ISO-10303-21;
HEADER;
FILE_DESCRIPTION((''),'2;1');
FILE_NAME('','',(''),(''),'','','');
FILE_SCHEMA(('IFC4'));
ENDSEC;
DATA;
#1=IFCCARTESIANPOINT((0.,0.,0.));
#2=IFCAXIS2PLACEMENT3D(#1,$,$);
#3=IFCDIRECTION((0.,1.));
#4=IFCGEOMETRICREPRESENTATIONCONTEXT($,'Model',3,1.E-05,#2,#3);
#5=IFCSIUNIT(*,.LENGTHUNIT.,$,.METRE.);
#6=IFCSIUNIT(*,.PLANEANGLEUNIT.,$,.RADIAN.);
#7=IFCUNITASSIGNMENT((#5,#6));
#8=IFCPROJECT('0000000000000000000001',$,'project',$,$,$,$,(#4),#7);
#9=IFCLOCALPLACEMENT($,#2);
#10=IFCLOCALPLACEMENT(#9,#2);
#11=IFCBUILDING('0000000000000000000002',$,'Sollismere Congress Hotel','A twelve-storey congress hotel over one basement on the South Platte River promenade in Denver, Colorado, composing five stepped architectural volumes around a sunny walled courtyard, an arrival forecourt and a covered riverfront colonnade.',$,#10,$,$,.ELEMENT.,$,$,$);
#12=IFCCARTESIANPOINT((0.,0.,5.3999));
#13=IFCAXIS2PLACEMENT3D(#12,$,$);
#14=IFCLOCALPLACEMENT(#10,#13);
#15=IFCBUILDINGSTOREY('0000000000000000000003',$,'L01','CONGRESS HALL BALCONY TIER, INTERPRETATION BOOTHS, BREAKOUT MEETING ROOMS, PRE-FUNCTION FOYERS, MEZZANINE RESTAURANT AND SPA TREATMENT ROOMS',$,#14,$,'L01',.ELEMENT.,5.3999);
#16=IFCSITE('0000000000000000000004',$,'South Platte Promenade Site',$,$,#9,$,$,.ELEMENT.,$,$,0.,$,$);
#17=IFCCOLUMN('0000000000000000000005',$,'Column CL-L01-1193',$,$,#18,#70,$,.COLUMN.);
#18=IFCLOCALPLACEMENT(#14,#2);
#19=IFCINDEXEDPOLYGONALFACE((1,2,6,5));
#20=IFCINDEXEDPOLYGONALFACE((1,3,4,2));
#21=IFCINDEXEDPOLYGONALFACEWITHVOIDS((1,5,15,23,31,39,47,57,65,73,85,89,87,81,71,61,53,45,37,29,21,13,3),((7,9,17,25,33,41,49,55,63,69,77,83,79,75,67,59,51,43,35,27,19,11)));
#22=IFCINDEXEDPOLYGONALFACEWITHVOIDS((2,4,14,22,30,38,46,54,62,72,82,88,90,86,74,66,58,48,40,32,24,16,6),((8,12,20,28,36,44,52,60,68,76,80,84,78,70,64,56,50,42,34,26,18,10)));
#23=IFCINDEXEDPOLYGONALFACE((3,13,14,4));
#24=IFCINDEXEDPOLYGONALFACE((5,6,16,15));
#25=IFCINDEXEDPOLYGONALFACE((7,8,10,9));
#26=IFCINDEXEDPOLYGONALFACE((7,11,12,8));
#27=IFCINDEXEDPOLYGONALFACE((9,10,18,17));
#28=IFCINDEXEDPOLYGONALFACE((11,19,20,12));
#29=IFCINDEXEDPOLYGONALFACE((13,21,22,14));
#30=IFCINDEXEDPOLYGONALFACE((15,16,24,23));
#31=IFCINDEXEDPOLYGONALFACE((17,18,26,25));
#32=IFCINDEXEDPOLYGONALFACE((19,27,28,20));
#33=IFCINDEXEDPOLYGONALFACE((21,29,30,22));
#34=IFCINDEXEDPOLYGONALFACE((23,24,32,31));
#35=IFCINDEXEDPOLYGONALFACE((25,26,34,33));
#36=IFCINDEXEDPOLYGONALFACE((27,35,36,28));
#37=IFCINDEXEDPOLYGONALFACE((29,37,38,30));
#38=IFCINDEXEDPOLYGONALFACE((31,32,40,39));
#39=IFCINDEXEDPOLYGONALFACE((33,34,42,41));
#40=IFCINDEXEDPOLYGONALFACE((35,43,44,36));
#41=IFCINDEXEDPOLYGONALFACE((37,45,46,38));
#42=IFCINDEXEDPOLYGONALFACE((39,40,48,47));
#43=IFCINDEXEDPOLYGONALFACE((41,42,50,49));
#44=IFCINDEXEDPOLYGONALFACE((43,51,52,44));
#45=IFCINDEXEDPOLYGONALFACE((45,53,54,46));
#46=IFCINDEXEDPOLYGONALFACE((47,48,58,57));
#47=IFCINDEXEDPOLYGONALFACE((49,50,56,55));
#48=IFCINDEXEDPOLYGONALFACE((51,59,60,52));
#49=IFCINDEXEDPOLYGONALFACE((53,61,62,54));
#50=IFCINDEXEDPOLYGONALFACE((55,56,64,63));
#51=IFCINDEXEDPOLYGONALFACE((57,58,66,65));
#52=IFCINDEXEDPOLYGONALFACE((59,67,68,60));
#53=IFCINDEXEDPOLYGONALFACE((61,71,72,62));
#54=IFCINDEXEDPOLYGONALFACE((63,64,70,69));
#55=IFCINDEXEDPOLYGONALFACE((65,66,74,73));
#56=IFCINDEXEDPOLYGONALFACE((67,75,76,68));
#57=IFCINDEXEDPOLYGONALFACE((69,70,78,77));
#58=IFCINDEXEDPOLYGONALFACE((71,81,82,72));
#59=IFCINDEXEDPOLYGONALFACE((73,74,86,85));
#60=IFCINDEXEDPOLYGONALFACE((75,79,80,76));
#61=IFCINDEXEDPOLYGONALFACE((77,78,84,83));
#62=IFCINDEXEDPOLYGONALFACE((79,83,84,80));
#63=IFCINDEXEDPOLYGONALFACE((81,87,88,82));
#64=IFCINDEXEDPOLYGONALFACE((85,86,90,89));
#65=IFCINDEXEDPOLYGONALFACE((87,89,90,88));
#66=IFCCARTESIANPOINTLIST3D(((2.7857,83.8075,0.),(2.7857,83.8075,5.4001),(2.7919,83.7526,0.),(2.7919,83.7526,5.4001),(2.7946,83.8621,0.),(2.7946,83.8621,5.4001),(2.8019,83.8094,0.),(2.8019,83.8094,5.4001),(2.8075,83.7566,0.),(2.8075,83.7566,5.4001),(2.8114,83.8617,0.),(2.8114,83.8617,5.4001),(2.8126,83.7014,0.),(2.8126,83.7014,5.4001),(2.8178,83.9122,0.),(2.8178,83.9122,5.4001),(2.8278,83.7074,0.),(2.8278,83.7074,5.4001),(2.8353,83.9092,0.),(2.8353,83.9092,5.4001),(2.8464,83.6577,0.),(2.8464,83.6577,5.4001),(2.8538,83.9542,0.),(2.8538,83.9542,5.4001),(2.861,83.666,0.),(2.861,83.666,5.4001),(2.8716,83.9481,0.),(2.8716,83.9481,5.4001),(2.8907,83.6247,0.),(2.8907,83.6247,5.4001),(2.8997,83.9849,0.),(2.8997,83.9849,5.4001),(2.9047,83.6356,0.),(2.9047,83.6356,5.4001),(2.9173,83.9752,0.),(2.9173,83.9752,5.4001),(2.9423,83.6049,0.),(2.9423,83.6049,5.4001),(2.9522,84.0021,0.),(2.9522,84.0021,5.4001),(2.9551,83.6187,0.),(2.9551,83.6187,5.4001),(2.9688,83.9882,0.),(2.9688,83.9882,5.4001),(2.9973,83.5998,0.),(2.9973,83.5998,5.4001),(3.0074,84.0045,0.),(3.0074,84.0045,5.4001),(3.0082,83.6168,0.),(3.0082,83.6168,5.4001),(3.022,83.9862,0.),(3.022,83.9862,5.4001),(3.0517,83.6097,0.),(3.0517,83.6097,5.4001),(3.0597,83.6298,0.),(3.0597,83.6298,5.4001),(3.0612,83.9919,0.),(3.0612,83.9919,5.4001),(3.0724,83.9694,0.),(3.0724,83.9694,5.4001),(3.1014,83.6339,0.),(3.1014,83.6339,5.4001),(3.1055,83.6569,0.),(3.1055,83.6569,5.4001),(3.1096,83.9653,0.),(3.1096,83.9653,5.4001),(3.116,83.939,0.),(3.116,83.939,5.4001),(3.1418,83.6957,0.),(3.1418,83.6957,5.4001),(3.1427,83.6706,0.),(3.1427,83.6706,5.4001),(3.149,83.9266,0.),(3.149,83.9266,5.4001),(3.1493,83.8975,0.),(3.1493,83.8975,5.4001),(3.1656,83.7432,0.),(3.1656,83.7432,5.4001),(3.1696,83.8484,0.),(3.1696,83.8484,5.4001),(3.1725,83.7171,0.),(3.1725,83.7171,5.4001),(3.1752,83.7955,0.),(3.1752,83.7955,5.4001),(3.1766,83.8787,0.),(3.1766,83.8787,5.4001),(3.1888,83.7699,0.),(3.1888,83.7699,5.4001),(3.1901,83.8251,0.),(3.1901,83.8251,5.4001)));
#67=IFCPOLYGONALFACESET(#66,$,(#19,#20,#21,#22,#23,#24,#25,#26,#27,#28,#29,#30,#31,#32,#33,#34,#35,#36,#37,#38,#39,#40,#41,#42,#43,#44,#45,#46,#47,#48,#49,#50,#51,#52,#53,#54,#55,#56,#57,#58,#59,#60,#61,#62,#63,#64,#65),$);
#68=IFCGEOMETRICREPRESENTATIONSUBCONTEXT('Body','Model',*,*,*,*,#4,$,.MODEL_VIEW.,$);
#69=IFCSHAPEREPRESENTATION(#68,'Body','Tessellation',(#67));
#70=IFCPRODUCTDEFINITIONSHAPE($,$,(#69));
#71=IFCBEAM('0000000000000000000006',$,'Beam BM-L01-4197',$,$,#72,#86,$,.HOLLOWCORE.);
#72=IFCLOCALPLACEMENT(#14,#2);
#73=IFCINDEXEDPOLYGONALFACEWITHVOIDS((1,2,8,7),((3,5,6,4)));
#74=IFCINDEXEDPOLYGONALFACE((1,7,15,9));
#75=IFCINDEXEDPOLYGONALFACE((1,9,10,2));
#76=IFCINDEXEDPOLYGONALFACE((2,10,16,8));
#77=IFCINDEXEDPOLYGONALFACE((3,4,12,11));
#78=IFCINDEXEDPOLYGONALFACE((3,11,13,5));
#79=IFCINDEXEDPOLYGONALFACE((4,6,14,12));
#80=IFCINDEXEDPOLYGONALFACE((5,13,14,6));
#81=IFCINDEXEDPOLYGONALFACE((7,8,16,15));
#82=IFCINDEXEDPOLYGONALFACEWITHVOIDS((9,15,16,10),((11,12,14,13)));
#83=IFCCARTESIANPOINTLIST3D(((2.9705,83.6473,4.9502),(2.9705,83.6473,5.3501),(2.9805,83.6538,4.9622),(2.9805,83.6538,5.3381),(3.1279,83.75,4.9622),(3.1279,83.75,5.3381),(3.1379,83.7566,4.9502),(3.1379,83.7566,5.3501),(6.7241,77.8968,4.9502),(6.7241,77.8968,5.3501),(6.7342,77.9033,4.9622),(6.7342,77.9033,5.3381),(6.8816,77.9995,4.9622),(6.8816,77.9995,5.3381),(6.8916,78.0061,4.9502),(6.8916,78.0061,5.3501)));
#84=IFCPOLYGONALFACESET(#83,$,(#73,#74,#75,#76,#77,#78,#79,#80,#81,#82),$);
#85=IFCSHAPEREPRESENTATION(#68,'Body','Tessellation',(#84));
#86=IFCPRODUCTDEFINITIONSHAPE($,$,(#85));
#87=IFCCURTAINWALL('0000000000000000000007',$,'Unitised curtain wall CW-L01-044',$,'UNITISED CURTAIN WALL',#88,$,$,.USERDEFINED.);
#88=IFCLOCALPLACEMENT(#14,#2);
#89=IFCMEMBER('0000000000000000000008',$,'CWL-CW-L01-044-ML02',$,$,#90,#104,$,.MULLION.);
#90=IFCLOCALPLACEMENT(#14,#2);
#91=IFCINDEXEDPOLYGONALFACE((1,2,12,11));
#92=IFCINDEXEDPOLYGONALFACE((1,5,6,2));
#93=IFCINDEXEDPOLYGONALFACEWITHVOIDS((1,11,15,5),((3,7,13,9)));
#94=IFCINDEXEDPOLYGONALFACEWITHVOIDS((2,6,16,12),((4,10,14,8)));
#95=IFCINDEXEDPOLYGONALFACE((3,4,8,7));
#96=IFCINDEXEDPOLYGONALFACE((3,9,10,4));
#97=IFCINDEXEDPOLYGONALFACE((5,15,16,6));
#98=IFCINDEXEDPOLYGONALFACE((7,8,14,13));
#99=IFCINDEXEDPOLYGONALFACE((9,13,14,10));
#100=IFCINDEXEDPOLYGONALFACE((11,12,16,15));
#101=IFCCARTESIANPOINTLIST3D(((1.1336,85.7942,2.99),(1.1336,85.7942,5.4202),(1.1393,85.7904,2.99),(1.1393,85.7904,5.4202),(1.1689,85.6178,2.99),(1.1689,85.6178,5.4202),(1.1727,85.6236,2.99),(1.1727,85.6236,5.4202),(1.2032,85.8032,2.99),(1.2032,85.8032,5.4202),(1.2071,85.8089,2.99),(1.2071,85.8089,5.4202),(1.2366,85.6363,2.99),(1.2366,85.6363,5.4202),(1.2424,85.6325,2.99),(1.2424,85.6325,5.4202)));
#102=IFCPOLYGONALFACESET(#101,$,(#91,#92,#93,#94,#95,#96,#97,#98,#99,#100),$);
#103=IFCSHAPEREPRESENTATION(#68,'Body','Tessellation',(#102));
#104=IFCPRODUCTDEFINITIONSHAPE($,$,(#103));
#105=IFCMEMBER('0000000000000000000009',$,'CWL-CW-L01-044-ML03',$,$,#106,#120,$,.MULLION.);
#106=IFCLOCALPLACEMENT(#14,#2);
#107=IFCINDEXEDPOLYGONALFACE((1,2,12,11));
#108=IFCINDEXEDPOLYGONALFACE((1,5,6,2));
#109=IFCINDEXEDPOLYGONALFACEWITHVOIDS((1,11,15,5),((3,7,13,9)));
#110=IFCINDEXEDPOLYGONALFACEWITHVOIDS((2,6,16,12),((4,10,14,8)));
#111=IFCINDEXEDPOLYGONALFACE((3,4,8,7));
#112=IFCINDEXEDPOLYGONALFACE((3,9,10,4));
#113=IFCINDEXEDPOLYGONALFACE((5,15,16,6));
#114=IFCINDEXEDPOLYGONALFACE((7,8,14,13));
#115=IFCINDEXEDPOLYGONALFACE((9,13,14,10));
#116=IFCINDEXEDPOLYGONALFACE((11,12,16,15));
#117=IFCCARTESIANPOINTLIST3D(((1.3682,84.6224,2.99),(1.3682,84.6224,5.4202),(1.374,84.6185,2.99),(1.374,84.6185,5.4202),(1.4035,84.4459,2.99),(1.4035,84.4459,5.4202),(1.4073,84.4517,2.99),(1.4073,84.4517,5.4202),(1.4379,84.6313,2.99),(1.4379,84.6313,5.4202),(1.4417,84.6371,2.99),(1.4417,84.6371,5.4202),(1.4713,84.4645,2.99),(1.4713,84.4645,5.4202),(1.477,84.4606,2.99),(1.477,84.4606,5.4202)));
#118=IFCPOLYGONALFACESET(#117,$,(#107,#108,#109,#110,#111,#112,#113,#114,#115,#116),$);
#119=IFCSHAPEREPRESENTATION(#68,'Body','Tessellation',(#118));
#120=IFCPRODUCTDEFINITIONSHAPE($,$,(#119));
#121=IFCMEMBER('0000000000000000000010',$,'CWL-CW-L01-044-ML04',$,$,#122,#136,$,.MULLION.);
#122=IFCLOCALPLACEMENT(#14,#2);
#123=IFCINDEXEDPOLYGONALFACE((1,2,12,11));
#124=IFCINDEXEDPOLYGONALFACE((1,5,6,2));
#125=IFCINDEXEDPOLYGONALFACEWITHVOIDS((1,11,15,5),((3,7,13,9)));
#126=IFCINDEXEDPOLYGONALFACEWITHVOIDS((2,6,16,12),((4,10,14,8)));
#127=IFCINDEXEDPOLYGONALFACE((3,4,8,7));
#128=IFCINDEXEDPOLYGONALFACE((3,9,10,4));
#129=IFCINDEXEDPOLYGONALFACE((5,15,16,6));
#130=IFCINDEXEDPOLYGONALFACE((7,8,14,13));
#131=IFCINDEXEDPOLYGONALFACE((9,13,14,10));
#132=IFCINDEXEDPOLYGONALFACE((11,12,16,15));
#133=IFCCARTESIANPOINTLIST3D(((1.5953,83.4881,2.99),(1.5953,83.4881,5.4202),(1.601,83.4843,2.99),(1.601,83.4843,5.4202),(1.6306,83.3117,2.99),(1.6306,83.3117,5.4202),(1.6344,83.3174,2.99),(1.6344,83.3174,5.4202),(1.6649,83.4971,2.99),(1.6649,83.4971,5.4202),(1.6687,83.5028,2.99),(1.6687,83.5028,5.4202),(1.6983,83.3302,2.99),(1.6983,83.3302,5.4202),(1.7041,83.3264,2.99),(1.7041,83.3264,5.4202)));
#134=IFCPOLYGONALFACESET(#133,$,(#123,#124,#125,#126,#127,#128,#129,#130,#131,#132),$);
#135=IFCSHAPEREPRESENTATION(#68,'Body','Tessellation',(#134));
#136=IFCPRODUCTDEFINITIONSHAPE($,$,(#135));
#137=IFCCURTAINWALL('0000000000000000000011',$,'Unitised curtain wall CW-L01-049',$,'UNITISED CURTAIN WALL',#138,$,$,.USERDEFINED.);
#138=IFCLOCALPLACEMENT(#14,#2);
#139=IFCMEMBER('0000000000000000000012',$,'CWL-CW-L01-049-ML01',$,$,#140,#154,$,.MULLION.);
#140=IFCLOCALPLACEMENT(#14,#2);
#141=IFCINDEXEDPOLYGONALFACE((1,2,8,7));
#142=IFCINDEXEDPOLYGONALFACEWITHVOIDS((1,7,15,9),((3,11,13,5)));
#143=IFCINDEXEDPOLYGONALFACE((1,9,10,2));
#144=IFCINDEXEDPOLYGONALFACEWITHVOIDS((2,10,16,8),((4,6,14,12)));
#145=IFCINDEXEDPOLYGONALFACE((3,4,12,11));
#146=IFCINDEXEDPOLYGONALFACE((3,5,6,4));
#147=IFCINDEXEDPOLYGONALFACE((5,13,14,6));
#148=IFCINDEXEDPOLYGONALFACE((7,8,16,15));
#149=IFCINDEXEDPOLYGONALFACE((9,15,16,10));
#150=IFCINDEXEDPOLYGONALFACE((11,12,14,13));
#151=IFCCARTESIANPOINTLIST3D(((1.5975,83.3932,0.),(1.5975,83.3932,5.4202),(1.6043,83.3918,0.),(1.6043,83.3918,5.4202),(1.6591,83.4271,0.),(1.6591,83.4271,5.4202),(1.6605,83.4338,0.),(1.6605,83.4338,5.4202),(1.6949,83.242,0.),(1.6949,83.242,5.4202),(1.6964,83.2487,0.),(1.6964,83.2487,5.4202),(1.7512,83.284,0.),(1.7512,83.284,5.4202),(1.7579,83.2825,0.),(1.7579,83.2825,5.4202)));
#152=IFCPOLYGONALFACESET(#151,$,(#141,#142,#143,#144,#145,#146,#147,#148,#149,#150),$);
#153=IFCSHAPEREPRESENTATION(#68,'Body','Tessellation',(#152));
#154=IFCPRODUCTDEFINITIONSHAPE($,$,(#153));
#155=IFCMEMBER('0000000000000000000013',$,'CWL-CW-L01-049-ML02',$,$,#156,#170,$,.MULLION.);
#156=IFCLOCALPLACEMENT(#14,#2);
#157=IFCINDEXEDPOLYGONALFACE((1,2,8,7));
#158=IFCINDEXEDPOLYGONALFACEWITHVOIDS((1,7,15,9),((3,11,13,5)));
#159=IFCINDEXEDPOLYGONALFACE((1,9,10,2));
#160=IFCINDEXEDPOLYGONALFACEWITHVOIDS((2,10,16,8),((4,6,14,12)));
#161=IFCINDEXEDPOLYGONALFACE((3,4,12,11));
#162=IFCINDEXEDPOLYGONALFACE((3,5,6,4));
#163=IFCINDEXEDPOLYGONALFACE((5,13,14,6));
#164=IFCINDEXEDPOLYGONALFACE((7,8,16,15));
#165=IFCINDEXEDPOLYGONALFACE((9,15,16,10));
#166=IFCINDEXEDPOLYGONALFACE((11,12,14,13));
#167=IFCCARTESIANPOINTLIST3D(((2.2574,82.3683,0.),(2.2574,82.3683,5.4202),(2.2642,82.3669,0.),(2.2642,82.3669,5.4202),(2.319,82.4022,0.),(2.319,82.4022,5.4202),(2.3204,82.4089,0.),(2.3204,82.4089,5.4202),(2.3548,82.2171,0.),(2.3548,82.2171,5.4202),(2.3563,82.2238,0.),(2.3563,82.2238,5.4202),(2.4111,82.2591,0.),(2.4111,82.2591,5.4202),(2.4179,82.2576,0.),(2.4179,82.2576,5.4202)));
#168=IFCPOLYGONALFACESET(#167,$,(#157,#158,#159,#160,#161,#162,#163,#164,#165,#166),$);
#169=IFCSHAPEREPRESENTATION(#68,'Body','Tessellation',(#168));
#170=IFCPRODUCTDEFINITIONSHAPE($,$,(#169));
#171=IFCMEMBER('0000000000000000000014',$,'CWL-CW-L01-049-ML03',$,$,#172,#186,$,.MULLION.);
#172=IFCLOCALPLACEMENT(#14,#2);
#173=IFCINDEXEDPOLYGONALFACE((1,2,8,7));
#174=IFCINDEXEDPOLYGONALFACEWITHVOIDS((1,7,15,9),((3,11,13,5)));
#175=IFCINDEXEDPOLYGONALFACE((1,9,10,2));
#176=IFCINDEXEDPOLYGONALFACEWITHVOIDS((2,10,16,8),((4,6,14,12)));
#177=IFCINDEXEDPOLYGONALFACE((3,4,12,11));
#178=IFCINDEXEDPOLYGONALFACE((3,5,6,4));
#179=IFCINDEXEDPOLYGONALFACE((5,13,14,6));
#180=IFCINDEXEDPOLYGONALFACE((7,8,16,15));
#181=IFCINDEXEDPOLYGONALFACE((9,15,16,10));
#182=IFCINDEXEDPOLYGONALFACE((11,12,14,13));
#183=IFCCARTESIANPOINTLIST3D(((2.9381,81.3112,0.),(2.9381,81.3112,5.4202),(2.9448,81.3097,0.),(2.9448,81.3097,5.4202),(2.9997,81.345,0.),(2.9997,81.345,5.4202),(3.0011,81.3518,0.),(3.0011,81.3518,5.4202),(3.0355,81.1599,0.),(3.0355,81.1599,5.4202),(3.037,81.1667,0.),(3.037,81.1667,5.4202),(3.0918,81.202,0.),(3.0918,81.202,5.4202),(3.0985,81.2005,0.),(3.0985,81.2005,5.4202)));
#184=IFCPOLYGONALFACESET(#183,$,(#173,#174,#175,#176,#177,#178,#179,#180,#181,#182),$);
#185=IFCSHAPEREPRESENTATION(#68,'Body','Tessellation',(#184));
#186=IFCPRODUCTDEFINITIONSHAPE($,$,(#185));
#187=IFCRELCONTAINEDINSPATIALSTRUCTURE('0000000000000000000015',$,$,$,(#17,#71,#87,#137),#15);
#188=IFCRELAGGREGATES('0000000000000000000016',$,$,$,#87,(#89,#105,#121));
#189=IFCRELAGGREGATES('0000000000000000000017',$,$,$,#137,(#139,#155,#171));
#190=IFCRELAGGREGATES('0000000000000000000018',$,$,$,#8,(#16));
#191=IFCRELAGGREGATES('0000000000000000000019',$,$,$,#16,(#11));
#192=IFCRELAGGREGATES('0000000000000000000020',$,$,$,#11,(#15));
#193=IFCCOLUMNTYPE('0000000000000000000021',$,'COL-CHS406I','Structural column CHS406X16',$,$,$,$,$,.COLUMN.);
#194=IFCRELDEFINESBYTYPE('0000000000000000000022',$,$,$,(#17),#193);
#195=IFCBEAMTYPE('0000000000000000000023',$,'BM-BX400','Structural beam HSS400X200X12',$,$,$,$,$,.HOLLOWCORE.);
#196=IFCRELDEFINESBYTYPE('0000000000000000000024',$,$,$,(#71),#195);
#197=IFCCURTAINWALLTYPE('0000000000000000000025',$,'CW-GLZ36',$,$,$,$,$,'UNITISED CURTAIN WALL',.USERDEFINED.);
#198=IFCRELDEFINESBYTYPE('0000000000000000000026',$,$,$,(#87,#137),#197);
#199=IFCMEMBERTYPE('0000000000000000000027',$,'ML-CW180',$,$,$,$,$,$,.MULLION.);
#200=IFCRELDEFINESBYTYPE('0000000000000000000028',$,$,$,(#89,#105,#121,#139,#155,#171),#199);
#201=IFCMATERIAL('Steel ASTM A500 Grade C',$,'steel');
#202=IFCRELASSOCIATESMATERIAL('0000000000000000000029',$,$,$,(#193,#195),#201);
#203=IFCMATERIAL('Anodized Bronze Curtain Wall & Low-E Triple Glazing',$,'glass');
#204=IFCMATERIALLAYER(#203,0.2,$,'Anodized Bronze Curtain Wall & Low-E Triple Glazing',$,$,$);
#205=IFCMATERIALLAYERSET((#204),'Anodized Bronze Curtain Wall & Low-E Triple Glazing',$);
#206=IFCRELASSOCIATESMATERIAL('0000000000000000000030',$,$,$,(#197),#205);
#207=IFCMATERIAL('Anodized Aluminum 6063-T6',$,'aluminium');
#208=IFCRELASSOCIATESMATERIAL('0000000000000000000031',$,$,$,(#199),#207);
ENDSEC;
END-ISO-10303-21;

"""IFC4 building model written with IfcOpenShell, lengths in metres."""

from ifc_helpers import new_model, si_unit, direction, frame, origin, origin_2d, place, context, subcontext, project, spatial, hollow_rectangle, hollow_circle, extrude, material, layer, layer_set, material_profile, profile_set, type_object, element, aggregate, save


model = new_model("IFC4")

# Units and contexts
model_context = context("Model", 3, precision=1e-05, world=origin(), true_north=direction((0.0, 1.0)))
body_context = subcontext(model_context, "Body", "Model", "MODEL_VIEW")
ifc_project = project(units=[si_unit("LENGTHUNIT", "METRE"), si_unit("PLANEANGLEUNIT", "RADIAN")], contexts=[model_context])

# Site, building, storey
site_placement = place(None, origin())
site = spatial("IfcSite", under=ifc_project, at=site_placement, Name="South Platte Promenade Site", CompositionType="ELEMENT", RefElevation=0.0)
building_placement = place(site_placement, origin())
building = spatial("IfcBuilding", under=site, at=building_placement, Name="Sollismere Congress Hotel", Description="A twelve-storey congress hotel over one basement on the South Platte River promenade in Denver, Colorado, composing five stepped architectural volumes around a sunny walled courtyard, an arrival forecourt and a covered riverfront colonnade.", CompositionType="ELEMENT")
storey_placement = place(building_placement, frame((0.0, 0.0, 5.3999)))
storey = spatial("IfcBuildingStorey", under=building, at=storey_placement, Name="L01", Description="CONGRESS HALL BALCONY TIER, INTERPRETATION BOOTHS, BREAKOUT MEETING ROOMS, PRE-FUNCTION FOYERS, MEZZANINE RESTAURANT AND SPA TREATMENT ROOMS", LongName="L01", CompositionType="ELEMENT", Elevation=5.3999)

# Column
ifc_material_1 = material(Name="Steel ASTM A500 Grade C", Category="steel")
ifc_material_profile_1 = material_profile(ifc_material_1, hollow_circle(Radius=0.2029, WallThickness=0.0161, at=origin_2d()), Name="CHS406X16")
ifc_profile_set_1 = profile_set([ifc_material_profile_1], Name="Steel ASTM A500 Grade C")
column_type = type_object("IfcColumnType", Name="COL-CHS406I", Description="Structural column CHS406X16", PredefinedType="COLUMN", material=ifc_profile_set_1)
column_placement = place(storey_placement, frame((2.9885, 83.8025, 0.0), z_axis=(0.0, 0.0, 1.0), x_axis=(-0.969317, -0.245815, 0.0)))
element("IfcColumn", 1, at=column_placement, inside=storey, type_object=column_type, Name="Column CL-L01-1193", PredefinedType="COLUMN", context=body_context, shape_type="SweptSolid", body=[
    extrude(hollow_circle(Radius=0.2029, WallThickness=0.0161, at=origin_2d()), origin(), (0.0, 0.0, 1.0), 5.4001),
])

# Beam
ifc_material_profile_2 = material_profile(ifc_material_1, hollow_rectangle(XDim=0.2, YDim=0.3999, WallThickness=0.012, at=origin_2d()), Name="HSS400X200X12")
ifc_profile_set_2 = profile_set([ifc_material_profile_2], Name="Steel ASTM A500 Grade C")
beam_type = type_object("IfcBeamType", Name="BM-BX400", Description="Structural beam HSS400X200X12", PredefinedType="HOLLOWCORE", material=ifc_profile_set_2)
beam_placement = place(storey_placement, frame((3.0542, 83.7019, 5.1501), z_axis=(0.546609, -0.837388, 0.0), x_axis=(0.837388, 0.546609, 0.0)))
element("IfcBeam", 2, at=beam_placement, inside=storey, type_object=beam_type, Name="Beam BM-L01-4197", PredefinedType="HOLLOWCORE", context=body_context, shape_type="SweptSolid", body=[
    extrude(hollow_rectangle(XDim=0.2, YDim=0.3999, WallThickness=0.012, at=origin_2d()), origin(), (0.0, 0.0, 1.0), 6.8672),
])

# Curtain walls, members
ifc_material_2 = material(Name="Anodized Bronze Curtain Wall & Low-E Triple Glazing", Category="glass")
ifc_layer_1 = layer(ifc_material_2, 0.2, Name="Anodized Bronze Curtain Wall & Low-E Triple Glazing")
ifc_layer_set_1 = layer_set([ifc_layer_1], Name="Anodized Bronze Curtain Wall & Low-E Triple Glazing")
curtain_wall_type = type_object("IfcCurtainWallType", Name="CW-GLZ36", ElementType="UNITISED CURTAIN WALL", PredefinedType="USERDEFINED", material=ifc_layer_set_1)
curtain_wall_1_placement = place(storey_placement, origin())
curtain_wall_1 = element("IfcCurtainWall", 3, at=curtain_wall_1_placement, inside=storey, type_object=curtain_wall_type, Name="Unitised curtain wall CW-L01-044", ObjectType="UNITISED CURTAIN WALL", PredefinedType="USERDEFINED")
ifc_material_3 = material(Name="Anodized Aluminum 6063-T6", Category="aluminium")
ifc_material_profile_3 = material_profile(ifc_material_3, hollow_rectangle(XDim=0.075, YDim=0.1799, WallThickness=0.0049, at=origin_2d()), Name="ALU180X75X5")
ifc_profile_set_3 = profile_set([ifc_material_profile_3], Name="Anodized Aluminum 6063-T6")
member_type_1 = type_object("IfcMemberType", Name="ML-CW180", PredefinedType="MULLION", material=ifc_profile_set_3)
member_1_placement = place(storey_placement, frame((1.188, 85.7134, 2.99), z_axis=(0.0, 0.0, 1.0), x_axis=(0.980553, 0.196254, 0.0)))
member_1 = element("IfcMember", 4, at=member_1_placement, type_object=member_type_1, Name="CWL-CW-L01-044-ML02", PredefinedType="MULLION", context=body_context, shape_type="SweptSolid", body=[
    extrude(hollow_rectangle(XDim=0.075, YDim=0.1799, WallThickness=0.0049, at=origin_2d()), origin(), (0.0, 0.0, 1.0), 2.4302),
])
member_2_placement = place(storey_placement, frame((1.4226, 84.5415, 2.99), z_axis=(0.0, 0.0, 1.0), x_axis=(0.980553, 0.196254, 0.0)))
member_2 = element("IfcMember", 5, at=member_2_placement, type_object=member_type_1, Name="CWL-CW-L01-044-ML03", PredefinedType="MULLION", context=body_context, shape_type="SweptSolid", body=[
    extrude(hollow_rectangle(XDim=0.075, YDim=0.1799, WallThickness=0.0049, at=origin_2d()), origin(), (0.0, 0.0, 1.0), 2.4302),
])
member_3_placement = place(storey_placement, frame((1.6497, 83.4072, 2.99), z_axis=(0.0, 0.0, 1.0), x_axis=(0.980553, 0.196254, 0.0)))
member_3 = element("IfcMember", 6, at=member_3_placement, type_object=member_type_1, Name="CWL-CW-L01-044-ML04", PredefinedType="MULLION", context=body_context, shape_type="SweptSolid", body=[
    extrude(hollow_rectangle(XDim=0.075, YDim=0.1799, WallThickness=0.0049, at=origin_2d()), origin(), (0.0, 0.0, 1.0), 2.4302),
])
curtain_wall_2_placement = place(storey_placement, origin())
curtain_wall_2 = element("IfcCurtainWall", 7, at=curtain_wall_2_placement, inside=storey, type_object=curtain_wall_type, Name="Unitised curtain wall CW-L01-049", ObjectType="UNITISED CURTAIN WALL", PredefinedType="USERDEFINED")
member_4_placement = place(storey_placement, frame((1.6777, 83.3379, 0.0), z_axis=(0.0, 0.0, 1.0), x_axis=(0.840775, 0.541385, 0.0)))
member_4 = element("IfcMember", 8, at=member_4_placement, type_object=member_type_1, Name="CWL-CW-L01-049-ML01", PredefinedType="MULLION", context=body_context, shape_type="SweptSolid", body=[
    extrude(hollow_rectangle(XDim=0.075, YDim=0.1799, WallThickness=0.0049, at=origin_2d()), origin(), (0.0, 0.0, 1.0), 5.4202),
])
member_5_placement = place(storey_placement, frame((2.3376, 82.313, 0.0), z_axis=(0.0, 0.0, 1.0), x_axis=(0.840775, 0.541385, 0.0)))
member_5 = element("IfcMember", 9, at=member_5_placement, type_object=member_type_1, Name="CWL-CW-L01-049-ML02", PredefinedType="MULLION", context=body_context, shape_type="SweptSolid", body=[
    extrude(hollow_rectangle(XDim=0.075, YDim=0.1799, WallThickness=0.0049, at=origin_2d()), origin(), (0.0, 0.0, 1.0), 5.4202),
])
member_6_placement = place(storey_placement, frame((3.0183, 81.2559, 0.0), z_axis=(0.0, 0.0, 1.0), x_axis=(0.840775, 0.541385, 0.0)))
member_6 = element("IfcMember", 10, at=member_6_placement, type_object=member_type_1, Name="CWL-CW-L01-049-ML03", PredefinedType="MULLION", context=body_context, shape_type="SweptSolid", body=[
    extrude(hollow_rectangle(XDim=0.075, YDim=0.1799, WallThickness=0.0049, at=origin_2d()), origin(), (0.0, 0.0, 1.0), 5.4202),
])

aggregate(curtain_wall_1, [member_1, member_2, member_3])
aggregate(curtain_wall_2, [member_4, member_5, member_6])

save(model, "model.ifc")
